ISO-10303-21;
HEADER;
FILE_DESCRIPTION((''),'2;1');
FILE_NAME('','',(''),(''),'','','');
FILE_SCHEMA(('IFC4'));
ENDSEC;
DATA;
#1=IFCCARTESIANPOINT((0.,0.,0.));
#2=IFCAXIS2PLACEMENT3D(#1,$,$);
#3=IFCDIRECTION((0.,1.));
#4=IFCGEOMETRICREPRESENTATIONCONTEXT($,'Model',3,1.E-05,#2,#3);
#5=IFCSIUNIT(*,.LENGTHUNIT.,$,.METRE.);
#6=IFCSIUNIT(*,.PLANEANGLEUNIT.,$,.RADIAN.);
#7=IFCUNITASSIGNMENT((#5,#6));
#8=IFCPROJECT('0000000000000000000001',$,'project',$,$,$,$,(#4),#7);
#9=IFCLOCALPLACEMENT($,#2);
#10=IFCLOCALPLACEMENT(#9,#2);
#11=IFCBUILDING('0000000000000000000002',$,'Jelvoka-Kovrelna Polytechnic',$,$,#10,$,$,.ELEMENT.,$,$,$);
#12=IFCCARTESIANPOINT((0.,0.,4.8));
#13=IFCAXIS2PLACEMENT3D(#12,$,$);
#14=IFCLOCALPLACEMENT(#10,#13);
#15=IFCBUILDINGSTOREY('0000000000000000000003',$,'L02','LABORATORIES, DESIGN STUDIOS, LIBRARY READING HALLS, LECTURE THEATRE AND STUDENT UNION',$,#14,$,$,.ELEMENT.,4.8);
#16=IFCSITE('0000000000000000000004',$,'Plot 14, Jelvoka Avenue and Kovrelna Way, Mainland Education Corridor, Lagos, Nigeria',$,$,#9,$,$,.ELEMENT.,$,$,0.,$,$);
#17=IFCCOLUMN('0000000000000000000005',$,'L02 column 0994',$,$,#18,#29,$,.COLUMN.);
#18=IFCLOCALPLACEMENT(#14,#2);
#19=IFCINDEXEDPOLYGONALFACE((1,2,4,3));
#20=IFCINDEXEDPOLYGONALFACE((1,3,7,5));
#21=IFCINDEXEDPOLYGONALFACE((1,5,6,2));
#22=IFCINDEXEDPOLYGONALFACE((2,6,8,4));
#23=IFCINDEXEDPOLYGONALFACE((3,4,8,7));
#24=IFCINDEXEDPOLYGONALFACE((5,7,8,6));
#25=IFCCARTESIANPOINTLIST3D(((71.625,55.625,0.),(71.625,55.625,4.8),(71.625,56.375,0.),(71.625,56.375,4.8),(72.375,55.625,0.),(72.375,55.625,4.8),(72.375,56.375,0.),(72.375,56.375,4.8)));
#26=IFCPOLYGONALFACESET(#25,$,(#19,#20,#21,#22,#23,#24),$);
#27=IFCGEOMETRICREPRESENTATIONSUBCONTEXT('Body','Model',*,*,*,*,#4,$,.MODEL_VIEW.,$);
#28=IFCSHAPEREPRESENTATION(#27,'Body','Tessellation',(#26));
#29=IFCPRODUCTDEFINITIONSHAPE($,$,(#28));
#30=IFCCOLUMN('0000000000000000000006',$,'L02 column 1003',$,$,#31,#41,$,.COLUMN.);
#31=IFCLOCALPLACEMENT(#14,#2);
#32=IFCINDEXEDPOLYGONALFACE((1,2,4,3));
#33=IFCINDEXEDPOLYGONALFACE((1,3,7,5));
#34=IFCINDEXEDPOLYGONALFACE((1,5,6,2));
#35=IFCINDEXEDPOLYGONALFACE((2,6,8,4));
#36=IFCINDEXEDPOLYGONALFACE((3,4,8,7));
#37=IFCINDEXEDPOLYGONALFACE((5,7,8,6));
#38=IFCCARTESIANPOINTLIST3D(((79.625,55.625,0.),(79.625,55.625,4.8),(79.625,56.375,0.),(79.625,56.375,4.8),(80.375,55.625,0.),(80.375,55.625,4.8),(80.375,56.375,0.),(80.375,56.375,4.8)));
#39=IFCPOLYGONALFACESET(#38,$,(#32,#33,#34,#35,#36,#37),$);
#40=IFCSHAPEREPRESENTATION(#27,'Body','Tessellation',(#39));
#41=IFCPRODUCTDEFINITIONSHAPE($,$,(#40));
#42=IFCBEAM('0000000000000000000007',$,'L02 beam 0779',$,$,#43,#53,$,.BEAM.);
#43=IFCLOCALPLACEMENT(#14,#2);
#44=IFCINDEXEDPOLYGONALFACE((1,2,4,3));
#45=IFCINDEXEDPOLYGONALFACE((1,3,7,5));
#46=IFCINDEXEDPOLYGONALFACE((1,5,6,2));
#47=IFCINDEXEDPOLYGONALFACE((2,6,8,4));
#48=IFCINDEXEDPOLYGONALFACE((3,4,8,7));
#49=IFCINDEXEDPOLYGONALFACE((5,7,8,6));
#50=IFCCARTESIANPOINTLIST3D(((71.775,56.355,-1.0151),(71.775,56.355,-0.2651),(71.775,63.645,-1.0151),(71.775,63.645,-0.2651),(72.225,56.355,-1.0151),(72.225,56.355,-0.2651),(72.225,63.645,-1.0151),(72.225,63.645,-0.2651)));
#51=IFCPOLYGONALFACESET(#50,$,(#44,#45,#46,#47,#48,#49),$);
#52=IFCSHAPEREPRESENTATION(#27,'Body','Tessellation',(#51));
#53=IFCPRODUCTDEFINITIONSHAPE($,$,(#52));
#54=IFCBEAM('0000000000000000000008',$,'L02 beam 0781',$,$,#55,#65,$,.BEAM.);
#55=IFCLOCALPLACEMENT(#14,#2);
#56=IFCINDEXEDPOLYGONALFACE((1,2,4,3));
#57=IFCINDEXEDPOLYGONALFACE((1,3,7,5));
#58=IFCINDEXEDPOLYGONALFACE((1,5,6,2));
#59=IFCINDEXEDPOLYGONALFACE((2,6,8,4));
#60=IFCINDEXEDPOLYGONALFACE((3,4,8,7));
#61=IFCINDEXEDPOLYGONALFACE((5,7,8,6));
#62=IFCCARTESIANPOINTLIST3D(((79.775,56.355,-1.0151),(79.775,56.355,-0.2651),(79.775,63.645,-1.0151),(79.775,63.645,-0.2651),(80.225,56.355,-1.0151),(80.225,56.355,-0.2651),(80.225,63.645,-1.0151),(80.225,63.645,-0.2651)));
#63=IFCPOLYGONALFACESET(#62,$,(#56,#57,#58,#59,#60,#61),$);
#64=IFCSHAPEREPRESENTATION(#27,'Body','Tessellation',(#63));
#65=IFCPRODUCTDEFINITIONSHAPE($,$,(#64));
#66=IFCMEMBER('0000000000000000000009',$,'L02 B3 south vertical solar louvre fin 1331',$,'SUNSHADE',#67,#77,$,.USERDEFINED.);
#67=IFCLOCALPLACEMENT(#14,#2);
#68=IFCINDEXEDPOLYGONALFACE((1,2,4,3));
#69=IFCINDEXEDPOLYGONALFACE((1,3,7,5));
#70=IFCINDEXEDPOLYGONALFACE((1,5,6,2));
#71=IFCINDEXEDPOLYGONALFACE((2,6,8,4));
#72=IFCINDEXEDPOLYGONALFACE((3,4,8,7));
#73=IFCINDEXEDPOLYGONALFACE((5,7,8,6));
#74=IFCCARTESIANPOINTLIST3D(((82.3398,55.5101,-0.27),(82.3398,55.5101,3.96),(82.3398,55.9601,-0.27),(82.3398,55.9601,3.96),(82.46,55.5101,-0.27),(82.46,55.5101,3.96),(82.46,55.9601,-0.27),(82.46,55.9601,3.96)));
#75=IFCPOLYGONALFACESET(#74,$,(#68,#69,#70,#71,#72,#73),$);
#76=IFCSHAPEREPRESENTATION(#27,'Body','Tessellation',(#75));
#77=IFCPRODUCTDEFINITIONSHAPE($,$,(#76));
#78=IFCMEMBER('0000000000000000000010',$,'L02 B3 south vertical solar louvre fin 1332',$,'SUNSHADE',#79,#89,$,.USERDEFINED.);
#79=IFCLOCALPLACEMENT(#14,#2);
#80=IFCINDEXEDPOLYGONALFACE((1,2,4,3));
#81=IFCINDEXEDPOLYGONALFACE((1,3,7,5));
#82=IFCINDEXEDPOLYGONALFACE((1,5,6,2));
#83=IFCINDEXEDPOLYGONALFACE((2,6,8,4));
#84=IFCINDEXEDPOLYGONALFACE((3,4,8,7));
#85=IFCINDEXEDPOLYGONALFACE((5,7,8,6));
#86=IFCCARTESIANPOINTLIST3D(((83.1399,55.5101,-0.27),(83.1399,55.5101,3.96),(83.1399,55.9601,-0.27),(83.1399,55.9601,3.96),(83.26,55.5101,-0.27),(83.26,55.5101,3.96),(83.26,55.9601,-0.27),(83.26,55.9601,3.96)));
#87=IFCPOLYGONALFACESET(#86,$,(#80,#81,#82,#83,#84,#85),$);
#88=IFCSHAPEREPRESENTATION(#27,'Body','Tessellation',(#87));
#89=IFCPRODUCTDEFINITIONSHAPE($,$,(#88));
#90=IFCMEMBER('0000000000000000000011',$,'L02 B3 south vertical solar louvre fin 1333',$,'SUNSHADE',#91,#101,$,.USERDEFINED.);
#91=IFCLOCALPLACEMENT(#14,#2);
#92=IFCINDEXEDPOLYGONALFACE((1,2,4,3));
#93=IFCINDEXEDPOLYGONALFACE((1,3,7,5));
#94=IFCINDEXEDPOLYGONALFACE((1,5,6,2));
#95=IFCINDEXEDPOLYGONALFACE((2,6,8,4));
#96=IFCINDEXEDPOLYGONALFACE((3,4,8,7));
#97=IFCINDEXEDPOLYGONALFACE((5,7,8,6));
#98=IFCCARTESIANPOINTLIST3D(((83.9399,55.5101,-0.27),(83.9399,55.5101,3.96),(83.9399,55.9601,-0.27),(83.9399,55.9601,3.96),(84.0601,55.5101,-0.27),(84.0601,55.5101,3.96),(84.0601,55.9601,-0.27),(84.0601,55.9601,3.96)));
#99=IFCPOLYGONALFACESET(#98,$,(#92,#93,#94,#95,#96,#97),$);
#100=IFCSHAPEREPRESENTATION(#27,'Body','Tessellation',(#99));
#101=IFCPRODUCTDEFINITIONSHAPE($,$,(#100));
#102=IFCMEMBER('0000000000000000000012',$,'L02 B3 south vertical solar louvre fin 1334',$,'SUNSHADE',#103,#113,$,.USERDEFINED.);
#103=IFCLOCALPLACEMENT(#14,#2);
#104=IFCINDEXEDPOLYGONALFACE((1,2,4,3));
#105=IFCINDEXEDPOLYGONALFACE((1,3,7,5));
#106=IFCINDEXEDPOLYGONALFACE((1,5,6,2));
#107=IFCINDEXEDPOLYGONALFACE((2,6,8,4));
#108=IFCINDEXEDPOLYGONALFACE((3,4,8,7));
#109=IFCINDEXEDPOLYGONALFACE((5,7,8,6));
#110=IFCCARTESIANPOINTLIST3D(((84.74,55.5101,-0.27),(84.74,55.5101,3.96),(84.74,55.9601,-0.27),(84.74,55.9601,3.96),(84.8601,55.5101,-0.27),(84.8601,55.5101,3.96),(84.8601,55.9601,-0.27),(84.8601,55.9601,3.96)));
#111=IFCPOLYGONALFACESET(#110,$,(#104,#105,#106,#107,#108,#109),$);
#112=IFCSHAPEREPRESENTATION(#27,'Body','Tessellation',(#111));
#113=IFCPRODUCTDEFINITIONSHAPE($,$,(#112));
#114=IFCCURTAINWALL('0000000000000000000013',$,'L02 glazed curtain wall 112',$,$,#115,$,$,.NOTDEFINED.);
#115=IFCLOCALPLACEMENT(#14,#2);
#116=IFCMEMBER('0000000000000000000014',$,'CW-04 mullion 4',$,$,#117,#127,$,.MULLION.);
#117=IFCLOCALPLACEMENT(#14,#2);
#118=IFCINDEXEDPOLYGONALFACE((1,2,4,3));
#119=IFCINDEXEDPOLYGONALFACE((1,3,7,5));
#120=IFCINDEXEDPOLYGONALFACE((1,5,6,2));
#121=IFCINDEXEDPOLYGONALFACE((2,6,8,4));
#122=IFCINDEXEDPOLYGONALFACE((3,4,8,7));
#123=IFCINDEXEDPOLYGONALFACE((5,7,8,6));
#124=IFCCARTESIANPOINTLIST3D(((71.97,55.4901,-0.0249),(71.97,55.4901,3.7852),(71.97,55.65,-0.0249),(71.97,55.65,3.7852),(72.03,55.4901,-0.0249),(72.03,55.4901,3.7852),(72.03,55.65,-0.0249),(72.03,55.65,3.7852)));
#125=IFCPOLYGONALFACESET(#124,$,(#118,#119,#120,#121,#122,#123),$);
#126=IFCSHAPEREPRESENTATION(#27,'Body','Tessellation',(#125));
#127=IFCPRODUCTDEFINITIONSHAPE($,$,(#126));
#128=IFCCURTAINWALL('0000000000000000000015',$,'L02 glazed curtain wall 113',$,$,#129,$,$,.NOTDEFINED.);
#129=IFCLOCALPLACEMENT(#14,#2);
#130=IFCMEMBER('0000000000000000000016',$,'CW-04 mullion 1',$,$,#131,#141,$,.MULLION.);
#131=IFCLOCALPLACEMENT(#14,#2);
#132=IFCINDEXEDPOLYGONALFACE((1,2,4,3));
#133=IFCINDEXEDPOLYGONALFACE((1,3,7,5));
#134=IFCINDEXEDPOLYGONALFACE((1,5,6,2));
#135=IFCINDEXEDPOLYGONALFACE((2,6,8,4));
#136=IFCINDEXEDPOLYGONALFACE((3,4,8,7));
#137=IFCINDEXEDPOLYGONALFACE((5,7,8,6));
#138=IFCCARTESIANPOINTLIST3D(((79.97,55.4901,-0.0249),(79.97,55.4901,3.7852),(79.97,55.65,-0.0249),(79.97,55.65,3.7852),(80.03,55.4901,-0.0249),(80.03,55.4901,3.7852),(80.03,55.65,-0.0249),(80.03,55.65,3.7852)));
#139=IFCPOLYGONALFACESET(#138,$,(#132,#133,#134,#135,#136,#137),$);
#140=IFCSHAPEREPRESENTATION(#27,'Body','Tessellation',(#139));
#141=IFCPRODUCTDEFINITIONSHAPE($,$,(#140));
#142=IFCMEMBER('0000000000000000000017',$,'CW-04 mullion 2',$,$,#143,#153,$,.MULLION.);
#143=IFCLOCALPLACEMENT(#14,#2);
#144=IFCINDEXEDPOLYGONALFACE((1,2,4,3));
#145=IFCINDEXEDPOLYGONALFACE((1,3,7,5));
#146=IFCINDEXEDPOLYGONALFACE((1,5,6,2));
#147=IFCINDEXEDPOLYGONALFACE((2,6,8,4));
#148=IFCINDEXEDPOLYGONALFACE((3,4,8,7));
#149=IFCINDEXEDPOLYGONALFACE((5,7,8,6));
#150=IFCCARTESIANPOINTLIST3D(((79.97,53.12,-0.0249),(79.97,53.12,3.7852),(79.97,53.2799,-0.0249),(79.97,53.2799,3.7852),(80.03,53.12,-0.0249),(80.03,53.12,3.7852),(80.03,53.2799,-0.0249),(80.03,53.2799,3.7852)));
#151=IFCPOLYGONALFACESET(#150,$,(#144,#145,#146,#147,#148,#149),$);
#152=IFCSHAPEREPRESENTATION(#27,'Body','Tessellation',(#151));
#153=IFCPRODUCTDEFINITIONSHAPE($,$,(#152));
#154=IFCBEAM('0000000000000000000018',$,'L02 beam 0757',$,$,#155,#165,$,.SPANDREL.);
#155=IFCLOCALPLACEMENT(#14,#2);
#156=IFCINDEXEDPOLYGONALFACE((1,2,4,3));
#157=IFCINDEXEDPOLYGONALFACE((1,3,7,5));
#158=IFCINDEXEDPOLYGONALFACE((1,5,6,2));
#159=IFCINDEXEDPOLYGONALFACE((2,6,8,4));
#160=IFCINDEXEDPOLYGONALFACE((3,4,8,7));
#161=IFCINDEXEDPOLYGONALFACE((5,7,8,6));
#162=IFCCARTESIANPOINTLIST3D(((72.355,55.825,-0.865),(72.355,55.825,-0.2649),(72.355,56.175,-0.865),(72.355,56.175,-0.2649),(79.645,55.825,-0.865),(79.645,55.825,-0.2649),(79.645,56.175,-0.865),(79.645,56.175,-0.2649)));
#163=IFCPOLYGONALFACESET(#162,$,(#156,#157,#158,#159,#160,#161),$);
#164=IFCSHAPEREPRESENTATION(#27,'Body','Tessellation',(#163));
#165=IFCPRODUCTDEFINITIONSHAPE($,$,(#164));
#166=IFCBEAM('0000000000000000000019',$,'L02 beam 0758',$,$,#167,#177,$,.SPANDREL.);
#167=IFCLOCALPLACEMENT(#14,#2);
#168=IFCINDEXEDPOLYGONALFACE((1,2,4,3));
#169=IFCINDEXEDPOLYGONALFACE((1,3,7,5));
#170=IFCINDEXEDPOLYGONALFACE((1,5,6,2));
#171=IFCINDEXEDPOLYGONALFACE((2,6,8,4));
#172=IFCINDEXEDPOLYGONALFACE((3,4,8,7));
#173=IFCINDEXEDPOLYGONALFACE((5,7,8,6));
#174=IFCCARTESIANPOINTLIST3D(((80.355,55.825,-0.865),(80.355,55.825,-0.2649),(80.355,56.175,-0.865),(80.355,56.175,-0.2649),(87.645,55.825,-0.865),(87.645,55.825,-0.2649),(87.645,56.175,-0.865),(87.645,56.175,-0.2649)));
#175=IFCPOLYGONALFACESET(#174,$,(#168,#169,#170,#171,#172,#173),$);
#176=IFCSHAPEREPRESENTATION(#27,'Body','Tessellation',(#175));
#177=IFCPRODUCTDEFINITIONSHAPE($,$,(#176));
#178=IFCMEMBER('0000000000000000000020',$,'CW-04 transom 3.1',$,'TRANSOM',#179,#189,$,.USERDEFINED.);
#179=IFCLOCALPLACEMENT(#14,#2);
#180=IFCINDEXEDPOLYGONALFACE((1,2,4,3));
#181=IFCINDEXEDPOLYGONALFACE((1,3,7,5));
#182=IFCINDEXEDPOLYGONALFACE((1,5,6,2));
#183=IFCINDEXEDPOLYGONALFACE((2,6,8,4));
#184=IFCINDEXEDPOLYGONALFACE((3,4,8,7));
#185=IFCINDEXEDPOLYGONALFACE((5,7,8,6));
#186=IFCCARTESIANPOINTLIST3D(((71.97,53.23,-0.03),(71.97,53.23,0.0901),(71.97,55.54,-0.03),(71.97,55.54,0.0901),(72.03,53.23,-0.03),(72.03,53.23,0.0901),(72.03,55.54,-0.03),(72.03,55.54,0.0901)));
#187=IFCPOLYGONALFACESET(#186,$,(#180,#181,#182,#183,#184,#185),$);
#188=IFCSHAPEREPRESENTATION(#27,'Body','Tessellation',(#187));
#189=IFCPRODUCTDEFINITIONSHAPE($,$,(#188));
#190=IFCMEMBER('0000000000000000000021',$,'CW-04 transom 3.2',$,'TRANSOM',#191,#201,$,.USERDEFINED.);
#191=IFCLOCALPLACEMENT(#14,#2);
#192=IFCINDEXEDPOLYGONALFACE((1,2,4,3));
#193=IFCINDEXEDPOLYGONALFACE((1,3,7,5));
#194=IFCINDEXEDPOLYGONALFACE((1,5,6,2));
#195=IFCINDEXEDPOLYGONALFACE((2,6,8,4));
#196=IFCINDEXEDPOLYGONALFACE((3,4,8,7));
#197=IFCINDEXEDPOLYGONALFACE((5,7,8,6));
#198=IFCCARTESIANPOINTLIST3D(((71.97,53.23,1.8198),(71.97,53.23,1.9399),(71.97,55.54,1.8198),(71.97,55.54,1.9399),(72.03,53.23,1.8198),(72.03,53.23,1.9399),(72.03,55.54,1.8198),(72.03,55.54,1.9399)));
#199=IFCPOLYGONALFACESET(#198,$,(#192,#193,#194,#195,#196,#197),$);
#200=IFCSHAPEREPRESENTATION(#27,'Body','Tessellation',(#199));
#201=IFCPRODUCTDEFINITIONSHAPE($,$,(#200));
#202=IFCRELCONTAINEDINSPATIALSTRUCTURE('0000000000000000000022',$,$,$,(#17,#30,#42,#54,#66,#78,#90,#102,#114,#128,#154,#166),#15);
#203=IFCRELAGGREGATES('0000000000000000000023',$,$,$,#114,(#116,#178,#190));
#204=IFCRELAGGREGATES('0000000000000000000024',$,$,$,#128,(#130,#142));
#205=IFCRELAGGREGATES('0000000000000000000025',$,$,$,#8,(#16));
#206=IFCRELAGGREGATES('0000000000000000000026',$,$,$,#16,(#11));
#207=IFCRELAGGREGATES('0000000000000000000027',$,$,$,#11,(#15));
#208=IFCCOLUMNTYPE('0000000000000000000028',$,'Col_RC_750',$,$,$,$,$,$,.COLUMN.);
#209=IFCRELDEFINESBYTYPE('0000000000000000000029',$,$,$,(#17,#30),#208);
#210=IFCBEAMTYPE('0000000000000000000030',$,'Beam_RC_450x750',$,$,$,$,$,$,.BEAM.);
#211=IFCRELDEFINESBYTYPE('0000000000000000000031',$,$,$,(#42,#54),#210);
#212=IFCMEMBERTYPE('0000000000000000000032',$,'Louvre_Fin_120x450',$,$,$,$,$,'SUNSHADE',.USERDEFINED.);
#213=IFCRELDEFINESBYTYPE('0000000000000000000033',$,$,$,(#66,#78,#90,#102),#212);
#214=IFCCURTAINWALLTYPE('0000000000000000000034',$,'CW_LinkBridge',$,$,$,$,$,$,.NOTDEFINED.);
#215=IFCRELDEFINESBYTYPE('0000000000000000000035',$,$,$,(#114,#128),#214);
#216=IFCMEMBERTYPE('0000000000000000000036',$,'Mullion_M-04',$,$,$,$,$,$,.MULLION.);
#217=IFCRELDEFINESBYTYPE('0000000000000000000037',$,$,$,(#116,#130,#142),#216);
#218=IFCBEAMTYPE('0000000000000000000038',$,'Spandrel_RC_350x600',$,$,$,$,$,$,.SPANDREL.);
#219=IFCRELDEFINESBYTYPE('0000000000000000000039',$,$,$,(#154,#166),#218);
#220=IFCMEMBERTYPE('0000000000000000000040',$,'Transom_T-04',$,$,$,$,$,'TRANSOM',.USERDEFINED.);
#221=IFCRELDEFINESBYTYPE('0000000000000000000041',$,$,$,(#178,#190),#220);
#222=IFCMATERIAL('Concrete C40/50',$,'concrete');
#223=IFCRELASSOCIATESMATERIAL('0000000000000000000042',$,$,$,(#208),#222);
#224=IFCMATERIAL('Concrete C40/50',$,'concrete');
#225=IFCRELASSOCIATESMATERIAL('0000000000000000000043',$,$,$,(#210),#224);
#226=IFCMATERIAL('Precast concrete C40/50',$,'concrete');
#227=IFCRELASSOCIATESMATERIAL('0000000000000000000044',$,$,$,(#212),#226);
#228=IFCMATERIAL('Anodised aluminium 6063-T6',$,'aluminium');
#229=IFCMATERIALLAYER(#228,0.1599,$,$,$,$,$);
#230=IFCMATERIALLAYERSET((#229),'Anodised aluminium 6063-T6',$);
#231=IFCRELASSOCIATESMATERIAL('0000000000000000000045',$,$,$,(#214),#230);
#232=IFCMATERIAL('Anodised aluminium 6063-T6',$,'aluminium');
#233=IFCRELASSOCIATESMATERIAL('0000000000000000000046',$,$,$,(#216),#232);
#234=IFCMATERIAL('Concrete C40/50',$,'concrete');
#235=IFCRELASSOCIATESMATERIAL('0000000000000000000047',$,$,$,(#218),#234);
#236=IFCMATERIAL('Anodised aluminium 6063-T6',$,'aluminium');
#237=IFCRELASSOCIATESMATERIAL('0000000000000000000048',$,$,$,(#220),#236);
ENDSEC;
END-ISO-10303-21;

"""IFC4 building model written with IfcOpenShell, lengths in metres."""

from ifc_helpers import new_model, si_unit, direction, frame, origin, origin_2d, place, context, subcontext, project, spatial, rectangle, extrude, material, layer, layer_set, material_profile, profile_set, type_object, element, aggregate, save


model = new_model("IFC4")

# Units and contexts
model_context = context("Model", 3, precision=1e-05, world=origin(), true_north=direction((0.0, 1.0)))
body_context = subcontext(model_context, "Body", "Model", "MODEL_VIEW")
ifc_project = project(units=[si_unit("LENGTHUNIT", "METRE"), si_unit("PLANEANGLEUNIT", "RADIAN")], contexts=[model_context])

# Site, building, storey
site_placement = place(None, origin())
site = spatial("IfcSite", under=ifc_project, at=site_placement, Name="Plot 14, Jelvoka Avenue and Kovrelna Way, Mainland Education Corridor, Lagos, Nigeria", CompositionType="ELEMENT", RefElevation=0.0)
building_placement = place(site_placement, origin())
building = spatial("IfcBuilding", under=site, at=building_placement, Name="Jelvoka-Kovrelna Polytechnic", CompositionType="ELEMENT")
storey_placement = place(building_placement, frame((0.0, 0.0, 4.8)))
storey = spatial("IfcBuildingStorey", under=building, at=storey_placement, Name="L02", Description="LABORATORIES, DESIGN STUDIOS, LIBRARY READING HALLS, LECTURE THEATRE AND STUDENT UNION", CompositionType="ELEMENT", Elevation=4.8)

# Columns
ifc_material_1 = material(Name="Concrete C40/50", Category="concrete")
ifc_material_profile_1 = material_profile(ifc_material_1, rectangle(XDim=0.75, YDim=0.75, at=origin_2d()), Name="RC 750x750")
ifc_profile_set_1 = profile_set([ifc_material_profile_1], Name="Concrete C40/50")
column_type = type_object("IfcColumnType", Name="Col_RC_750", PredefinedType="COLUMN", material=ifc_profile_set_1)
for number, where, z_axis, x_axis, name in (
    (1, (72.0, 56.0, 0.0), (0.0, 0.0, 1.0), (1.0, 0.0, 0.0), "L02 column 0994"),
    (2, (80.0, 56.0, 0.0), (0.0, 0.0, 1.0), (1.0, 0.0, 0.0), "L02 column 1003"),
):
    element("IfcColumn", number, at=place(storey_placement, frame(where, z_axis=z_axis, x_axis=x_axis)), inside=storey, type_object=column_type, Name=name, PredefinedType="COLUMN", context=body_context, shape_type="SweptSolid", body=[
        extrude(rectangle(XDim=0.75, YDim=0.75, at=origin_2d()), origin(), (0.0, 0.0, 1.0), 4.8),
    ])

# Beams
ifc_material_2 = material(Name="Concrete C40/50", Category="concrete")
ifc_material_profile_2 = material_profile(ifc_material_2, rectangle(XDim=0.45, YDim=0.75, at=origin_2d()), Name="RC 450x750")
ifc_profile_set_2 = profile_set([ifc_material_profile_2], Name="Concrete C40/50")
beam_type_1 = type_object("IfcBeamType", Name="Beam_RC_450x750", PredefinedType="BEAM", material=ifc_profile_set_2)
for number, where, z_axis, x_axis, name in (
    (3, (72.0, 56.355, -0.6401), (0.0, 1.0, 0.0), (-1.0, 0.0, 0.0), "L02 beam 0779"),
    (4, (80.0, 56.355, -0.6401), (0.0, 1.0, 0.0), (-1.0, 0.0, 0.0), "L02 beam 0781"),
):
    element("IfcBeam", number, at=place(storey_placement, frame(where, z_axis=z_axis, x_axis=x_axis)), inside=storey, type_object=beam_type_1, Name=name, PredefinedType="BEAM", context=body_context, shape_type="SweptSolid", body=[
        extrude(rectangle(XDim=0.45, YDim=0.75, at=origin_2d()), origin(), (0.0, 0.0, 1.0), 7.29),
    ])

# Members
ifc_material_3 = material(Name="Precast concrete C40/50", Category="concrete")
ifc_material_profile_3 = material_profile(ifc_material_3, rectangle(XDim=0.1201, YDim=0.45, at=origin_2d()), Name="PC 120x450")
ifc_profile_set_3 = profile_set([ifc_material_profile_3], Name="Precast concrete C40/50")
member_type_1 = type_object("IfcMemberType", Name="Louvre_Fin_120x450", ElementType="SUNSHADE", PredefinedType="USERDEFINED", material=ifc_profile_set_3)
for number, where, z_axis, x_axis, name in (
    (5, (82.3999, 55.7351, -0.27), (0.0, 0.0, 1.0), (1.0, 0.0, 0.0), "L02 B3 south vertical solar louvre fin 1331"),
    (6, (83.2, 55.7351, -0.27), (0.0, 0.0, 1.0), (1.0, 0.0, 0.0), "L02 B3 south vertical solar louvre fin 1332"),
    (7, (84.0, 55.7351, -0.27), (0.0, 0.0, 1.0), (1.0, 0.0, 0.0), "L02 B3 south vertical solar louvre fin 1333"),
    (8, (84.8, 55.7351, -0.27), (0.0, 0.0, 1.0), (1.0, 0.0, 0.0), "L02 B3 south vertical solar louvre fin 1334"),
):
    element("IfcMember", number, at=place(storey_placement, frame(where, z_axis=z_axis, x_axis=x_axis)), inside=storey, type_object=member_type_1, Name=name, ObjectType="SUNSHADE", PredefinedType="USERDEFINED", context=body_context, shape_type="SweptSolid", body=[
        extrude(rectangle(XDim=0.1201, YDim=0.45, at=origin_2d()), origin(), (0.0, 0.0, 1.0), 4.23),
    ])

# Curtain wall, member
ifc_material_4 = material(Name="Anodised aluminium 6063-T6", Category="aluminium")
ifc_layer_1 = layer(ifc_material_4, 0.1599)
ifc_layer_set_1 = layer_set([ifc_layer_1], Name="Anodised aluminium 6063-T6")
curtain_wall_type = type_object("IfcCurtainWallType", Name="CW_LinkBridge", PredefinedType="NOTDEFINED", material=ifc_layer_set_1)
curtain_wall_1_placement = place(storey_placement, origin())
curtain_wall_1 = element("IfcCurtainWall", 9, at=curtain_wall_1_placement, inside=storey, type_object=curtain_wall_type, Name="L02 glazed curtain wall 112", PredefinedType="NOTDEFINED")
ifc_material_5 = material(Name="Anodised aluminium 6063-T6", Category="aluminium")
ifc_material_profile_4 = material_profile(ifc_material_5, rectangle(XDim=0.0601, YDim=0.1599, at=origin_2d()), Name="ALU 60x160")
ifc_profile_set_4 = profile_set([ifc_material_profile_4], Name="Anodised aluminium 6063-T6")
member_type_2 = type_object("IfcMemberType", Name="Mullion_M-04", PredefinedType="MULLION", material=ifc_profile_set_4)
member_1_placement = place(storey_placement, frame((72.0, 55.5701, -0.0249), z_axis=(0.0, 0.0, 1.0), x_axis=(-1.0, 0.0, 0.0)))
member_1 = element("IfcMember", 10, at=member_1_placement, type_object=member_type_2, Name="CW-04 mullion 4", PredefinedType="MULLION", context=body_context, shape_type="SweptSolid", body=[
    extrude(rectangle(XDim=0.0601, YDim=0.1599, at=origin_2d()), origin(), (0.0, 0.0, 1.0), 3.8101),
])

# Curtain wall, members
curtain_wall_2_placement = place(storey_placement, origin())
curtain_wall_2 = element("IfcCurtainWall", 11, at=curtain_wall_2_placement, inside=storey, type_object=curtain_wall_type, Name="L02 glazed curtain wall 113", PredefinedType="NOTDEFINED")
member_2_placement = place(storey_placement, frame((80.0, 55.5701, -0.0249), z_axis=(0.0, 0.0, 1.0), x_axis=(1.0, 0.0, 0.0)))
member_2 = element("IfcMember", 12, at=member_2_placement, type_object=member_type_2, Name="CW-04 mullion 1", PredefinedType="MULLION", context=body_context, shape_type="SweptSolid", body=[
    extrude(rectangle(XDim=0.0601, YDim=0.1599, at=origin_2d()), origin(), (0.0, 0.0, 1.0), 3.8101),
])
member_3_placement = place(storey_placement, frame((80.0, 53.2, -0.0249), z_axis=(0.0, 0.0, 1.0), x_axis=(1.0, 0.0, 0.0)))
member_3 = element("IfcMember", 13, at=member_3_placement, type_object=member_type_2, Name="CW-04 mullion 2", PredefinedType="MULLION", context=body_context, shape_type="SweptSolid", body=[
    extrude(rectangle(XDim=0.0601, YDim=0.1599, at=origin_2d()), origin(), (0.0, 0.0, 1.0), 3.8101),
])

# Beams
ifc_material_6 = material(Name="Concrete C40/50", Category="concrete")
ifc_material_profile_5 = material_profile(ifc_material_6, rectangle(XDim=0.3501, YDim=0.6001, at=origin_2d()), Name="RC 350x600")
ifc_profile_set_5 = profile_set([ifc_material_profile_5], Name="Concrete C40/50")
beam_type_2 = type_object("IfcBeamType", Name="Spandrel_RC_350x600", PredefinedType="SPANDREL", material=ifc_profile_set_5)
for number, where, z_axis, x_axis, name in (
    (14, (72.355, 56.0, -0.5649), (1.0, 0.0, 0.0), (0.0, 1.0, 0.0), "L02 beam 0757"),
    (15, (80.355, 56.0, -0.5649), (1.0, 0.0, 0.0), (0.0, 1.0, 0.0), "L02 beam 0758"),
):
    element("IfcBeam", number, at=place(storey_placement, frame(where, z_axis=z_axis, x_axis=x_axis)), inside=storey, type_object=beam_type_2, Name=name, PredefinedType="SPANDREL", context=body_context, shape_type="SweptSolid", body=[
        extrude(rectangle(XDim=0.3501, YDim=0.6001, at=origin_2d()), origin(), (0.0, 0.0, 1.0), 7.29),
    ])

# Members
ifc_material_7 = material(Name="Anodised aluminium 6063-T6", Category="aluminium")
ifc_material_profile_6 = material_profile(ifc_material_7, rectangle(XDim=0.0601, YDim=0.1201, at=origin_2d()), Name="ALU 60x120")
ifc_profile_set_6 = profile_set([ifc_material_profile_6], Name="Anodised aluminium 6063-T6")
member_type_3 = type_object("IfcMemberType", Name="Transom_T-04", ElementType="TRANSOM", PredefinedType="USERDEFINED", material=ifc_profile_set_6)
member_4_placement = place(storey_placement, frame((72.0, 53.23, 0.03), z_axis=(0.0, 1.0, 0.0), x_axis=(-1.0, 0.0, 0.0)))
member_4 = element("IfcMember", 16, at=member_4_placement, type_object=member_type_3, Name="CW-04 transom 3.1", ObjectType="TRANSOM", PredefinedType="USERDEFINED", context=body_context, shape_type="SweptSolid", body=[
    extrude(rectangle(XDim=0.0601, YDim=0.1201, at=origin_2d()), origin(), (0.0, 0.0, 1.0), 2.3101),
])
member_5_placement = place(storey_placement, frame((72.0, 53.23, 1.8799), z_axis=(0.0, 1.0, 0.0), x_axis=(-1.0, 0.0, 0.0)))
member_5 = element("IfcMember", 17, at=member_5_placement, type_object=member_type_3, Name="CW-04 transom 3.2", ObjectType="TRANSOM", PredefinedType="USERDEFINED", context=body_context, shape_type="SweptSolid", body=[
    extrude(rectangle(XDim=0.0601, YDim=0.1201, at=origin_2d()), origin(), (0.0, 0.0, 1.0), 2.3101),
])

aggregate(curtain_wall_1, [member_1, member_4, member_5])
aggregate(curtain_wall_2, [member_2, member_3])

save(model, "model.ifc")
